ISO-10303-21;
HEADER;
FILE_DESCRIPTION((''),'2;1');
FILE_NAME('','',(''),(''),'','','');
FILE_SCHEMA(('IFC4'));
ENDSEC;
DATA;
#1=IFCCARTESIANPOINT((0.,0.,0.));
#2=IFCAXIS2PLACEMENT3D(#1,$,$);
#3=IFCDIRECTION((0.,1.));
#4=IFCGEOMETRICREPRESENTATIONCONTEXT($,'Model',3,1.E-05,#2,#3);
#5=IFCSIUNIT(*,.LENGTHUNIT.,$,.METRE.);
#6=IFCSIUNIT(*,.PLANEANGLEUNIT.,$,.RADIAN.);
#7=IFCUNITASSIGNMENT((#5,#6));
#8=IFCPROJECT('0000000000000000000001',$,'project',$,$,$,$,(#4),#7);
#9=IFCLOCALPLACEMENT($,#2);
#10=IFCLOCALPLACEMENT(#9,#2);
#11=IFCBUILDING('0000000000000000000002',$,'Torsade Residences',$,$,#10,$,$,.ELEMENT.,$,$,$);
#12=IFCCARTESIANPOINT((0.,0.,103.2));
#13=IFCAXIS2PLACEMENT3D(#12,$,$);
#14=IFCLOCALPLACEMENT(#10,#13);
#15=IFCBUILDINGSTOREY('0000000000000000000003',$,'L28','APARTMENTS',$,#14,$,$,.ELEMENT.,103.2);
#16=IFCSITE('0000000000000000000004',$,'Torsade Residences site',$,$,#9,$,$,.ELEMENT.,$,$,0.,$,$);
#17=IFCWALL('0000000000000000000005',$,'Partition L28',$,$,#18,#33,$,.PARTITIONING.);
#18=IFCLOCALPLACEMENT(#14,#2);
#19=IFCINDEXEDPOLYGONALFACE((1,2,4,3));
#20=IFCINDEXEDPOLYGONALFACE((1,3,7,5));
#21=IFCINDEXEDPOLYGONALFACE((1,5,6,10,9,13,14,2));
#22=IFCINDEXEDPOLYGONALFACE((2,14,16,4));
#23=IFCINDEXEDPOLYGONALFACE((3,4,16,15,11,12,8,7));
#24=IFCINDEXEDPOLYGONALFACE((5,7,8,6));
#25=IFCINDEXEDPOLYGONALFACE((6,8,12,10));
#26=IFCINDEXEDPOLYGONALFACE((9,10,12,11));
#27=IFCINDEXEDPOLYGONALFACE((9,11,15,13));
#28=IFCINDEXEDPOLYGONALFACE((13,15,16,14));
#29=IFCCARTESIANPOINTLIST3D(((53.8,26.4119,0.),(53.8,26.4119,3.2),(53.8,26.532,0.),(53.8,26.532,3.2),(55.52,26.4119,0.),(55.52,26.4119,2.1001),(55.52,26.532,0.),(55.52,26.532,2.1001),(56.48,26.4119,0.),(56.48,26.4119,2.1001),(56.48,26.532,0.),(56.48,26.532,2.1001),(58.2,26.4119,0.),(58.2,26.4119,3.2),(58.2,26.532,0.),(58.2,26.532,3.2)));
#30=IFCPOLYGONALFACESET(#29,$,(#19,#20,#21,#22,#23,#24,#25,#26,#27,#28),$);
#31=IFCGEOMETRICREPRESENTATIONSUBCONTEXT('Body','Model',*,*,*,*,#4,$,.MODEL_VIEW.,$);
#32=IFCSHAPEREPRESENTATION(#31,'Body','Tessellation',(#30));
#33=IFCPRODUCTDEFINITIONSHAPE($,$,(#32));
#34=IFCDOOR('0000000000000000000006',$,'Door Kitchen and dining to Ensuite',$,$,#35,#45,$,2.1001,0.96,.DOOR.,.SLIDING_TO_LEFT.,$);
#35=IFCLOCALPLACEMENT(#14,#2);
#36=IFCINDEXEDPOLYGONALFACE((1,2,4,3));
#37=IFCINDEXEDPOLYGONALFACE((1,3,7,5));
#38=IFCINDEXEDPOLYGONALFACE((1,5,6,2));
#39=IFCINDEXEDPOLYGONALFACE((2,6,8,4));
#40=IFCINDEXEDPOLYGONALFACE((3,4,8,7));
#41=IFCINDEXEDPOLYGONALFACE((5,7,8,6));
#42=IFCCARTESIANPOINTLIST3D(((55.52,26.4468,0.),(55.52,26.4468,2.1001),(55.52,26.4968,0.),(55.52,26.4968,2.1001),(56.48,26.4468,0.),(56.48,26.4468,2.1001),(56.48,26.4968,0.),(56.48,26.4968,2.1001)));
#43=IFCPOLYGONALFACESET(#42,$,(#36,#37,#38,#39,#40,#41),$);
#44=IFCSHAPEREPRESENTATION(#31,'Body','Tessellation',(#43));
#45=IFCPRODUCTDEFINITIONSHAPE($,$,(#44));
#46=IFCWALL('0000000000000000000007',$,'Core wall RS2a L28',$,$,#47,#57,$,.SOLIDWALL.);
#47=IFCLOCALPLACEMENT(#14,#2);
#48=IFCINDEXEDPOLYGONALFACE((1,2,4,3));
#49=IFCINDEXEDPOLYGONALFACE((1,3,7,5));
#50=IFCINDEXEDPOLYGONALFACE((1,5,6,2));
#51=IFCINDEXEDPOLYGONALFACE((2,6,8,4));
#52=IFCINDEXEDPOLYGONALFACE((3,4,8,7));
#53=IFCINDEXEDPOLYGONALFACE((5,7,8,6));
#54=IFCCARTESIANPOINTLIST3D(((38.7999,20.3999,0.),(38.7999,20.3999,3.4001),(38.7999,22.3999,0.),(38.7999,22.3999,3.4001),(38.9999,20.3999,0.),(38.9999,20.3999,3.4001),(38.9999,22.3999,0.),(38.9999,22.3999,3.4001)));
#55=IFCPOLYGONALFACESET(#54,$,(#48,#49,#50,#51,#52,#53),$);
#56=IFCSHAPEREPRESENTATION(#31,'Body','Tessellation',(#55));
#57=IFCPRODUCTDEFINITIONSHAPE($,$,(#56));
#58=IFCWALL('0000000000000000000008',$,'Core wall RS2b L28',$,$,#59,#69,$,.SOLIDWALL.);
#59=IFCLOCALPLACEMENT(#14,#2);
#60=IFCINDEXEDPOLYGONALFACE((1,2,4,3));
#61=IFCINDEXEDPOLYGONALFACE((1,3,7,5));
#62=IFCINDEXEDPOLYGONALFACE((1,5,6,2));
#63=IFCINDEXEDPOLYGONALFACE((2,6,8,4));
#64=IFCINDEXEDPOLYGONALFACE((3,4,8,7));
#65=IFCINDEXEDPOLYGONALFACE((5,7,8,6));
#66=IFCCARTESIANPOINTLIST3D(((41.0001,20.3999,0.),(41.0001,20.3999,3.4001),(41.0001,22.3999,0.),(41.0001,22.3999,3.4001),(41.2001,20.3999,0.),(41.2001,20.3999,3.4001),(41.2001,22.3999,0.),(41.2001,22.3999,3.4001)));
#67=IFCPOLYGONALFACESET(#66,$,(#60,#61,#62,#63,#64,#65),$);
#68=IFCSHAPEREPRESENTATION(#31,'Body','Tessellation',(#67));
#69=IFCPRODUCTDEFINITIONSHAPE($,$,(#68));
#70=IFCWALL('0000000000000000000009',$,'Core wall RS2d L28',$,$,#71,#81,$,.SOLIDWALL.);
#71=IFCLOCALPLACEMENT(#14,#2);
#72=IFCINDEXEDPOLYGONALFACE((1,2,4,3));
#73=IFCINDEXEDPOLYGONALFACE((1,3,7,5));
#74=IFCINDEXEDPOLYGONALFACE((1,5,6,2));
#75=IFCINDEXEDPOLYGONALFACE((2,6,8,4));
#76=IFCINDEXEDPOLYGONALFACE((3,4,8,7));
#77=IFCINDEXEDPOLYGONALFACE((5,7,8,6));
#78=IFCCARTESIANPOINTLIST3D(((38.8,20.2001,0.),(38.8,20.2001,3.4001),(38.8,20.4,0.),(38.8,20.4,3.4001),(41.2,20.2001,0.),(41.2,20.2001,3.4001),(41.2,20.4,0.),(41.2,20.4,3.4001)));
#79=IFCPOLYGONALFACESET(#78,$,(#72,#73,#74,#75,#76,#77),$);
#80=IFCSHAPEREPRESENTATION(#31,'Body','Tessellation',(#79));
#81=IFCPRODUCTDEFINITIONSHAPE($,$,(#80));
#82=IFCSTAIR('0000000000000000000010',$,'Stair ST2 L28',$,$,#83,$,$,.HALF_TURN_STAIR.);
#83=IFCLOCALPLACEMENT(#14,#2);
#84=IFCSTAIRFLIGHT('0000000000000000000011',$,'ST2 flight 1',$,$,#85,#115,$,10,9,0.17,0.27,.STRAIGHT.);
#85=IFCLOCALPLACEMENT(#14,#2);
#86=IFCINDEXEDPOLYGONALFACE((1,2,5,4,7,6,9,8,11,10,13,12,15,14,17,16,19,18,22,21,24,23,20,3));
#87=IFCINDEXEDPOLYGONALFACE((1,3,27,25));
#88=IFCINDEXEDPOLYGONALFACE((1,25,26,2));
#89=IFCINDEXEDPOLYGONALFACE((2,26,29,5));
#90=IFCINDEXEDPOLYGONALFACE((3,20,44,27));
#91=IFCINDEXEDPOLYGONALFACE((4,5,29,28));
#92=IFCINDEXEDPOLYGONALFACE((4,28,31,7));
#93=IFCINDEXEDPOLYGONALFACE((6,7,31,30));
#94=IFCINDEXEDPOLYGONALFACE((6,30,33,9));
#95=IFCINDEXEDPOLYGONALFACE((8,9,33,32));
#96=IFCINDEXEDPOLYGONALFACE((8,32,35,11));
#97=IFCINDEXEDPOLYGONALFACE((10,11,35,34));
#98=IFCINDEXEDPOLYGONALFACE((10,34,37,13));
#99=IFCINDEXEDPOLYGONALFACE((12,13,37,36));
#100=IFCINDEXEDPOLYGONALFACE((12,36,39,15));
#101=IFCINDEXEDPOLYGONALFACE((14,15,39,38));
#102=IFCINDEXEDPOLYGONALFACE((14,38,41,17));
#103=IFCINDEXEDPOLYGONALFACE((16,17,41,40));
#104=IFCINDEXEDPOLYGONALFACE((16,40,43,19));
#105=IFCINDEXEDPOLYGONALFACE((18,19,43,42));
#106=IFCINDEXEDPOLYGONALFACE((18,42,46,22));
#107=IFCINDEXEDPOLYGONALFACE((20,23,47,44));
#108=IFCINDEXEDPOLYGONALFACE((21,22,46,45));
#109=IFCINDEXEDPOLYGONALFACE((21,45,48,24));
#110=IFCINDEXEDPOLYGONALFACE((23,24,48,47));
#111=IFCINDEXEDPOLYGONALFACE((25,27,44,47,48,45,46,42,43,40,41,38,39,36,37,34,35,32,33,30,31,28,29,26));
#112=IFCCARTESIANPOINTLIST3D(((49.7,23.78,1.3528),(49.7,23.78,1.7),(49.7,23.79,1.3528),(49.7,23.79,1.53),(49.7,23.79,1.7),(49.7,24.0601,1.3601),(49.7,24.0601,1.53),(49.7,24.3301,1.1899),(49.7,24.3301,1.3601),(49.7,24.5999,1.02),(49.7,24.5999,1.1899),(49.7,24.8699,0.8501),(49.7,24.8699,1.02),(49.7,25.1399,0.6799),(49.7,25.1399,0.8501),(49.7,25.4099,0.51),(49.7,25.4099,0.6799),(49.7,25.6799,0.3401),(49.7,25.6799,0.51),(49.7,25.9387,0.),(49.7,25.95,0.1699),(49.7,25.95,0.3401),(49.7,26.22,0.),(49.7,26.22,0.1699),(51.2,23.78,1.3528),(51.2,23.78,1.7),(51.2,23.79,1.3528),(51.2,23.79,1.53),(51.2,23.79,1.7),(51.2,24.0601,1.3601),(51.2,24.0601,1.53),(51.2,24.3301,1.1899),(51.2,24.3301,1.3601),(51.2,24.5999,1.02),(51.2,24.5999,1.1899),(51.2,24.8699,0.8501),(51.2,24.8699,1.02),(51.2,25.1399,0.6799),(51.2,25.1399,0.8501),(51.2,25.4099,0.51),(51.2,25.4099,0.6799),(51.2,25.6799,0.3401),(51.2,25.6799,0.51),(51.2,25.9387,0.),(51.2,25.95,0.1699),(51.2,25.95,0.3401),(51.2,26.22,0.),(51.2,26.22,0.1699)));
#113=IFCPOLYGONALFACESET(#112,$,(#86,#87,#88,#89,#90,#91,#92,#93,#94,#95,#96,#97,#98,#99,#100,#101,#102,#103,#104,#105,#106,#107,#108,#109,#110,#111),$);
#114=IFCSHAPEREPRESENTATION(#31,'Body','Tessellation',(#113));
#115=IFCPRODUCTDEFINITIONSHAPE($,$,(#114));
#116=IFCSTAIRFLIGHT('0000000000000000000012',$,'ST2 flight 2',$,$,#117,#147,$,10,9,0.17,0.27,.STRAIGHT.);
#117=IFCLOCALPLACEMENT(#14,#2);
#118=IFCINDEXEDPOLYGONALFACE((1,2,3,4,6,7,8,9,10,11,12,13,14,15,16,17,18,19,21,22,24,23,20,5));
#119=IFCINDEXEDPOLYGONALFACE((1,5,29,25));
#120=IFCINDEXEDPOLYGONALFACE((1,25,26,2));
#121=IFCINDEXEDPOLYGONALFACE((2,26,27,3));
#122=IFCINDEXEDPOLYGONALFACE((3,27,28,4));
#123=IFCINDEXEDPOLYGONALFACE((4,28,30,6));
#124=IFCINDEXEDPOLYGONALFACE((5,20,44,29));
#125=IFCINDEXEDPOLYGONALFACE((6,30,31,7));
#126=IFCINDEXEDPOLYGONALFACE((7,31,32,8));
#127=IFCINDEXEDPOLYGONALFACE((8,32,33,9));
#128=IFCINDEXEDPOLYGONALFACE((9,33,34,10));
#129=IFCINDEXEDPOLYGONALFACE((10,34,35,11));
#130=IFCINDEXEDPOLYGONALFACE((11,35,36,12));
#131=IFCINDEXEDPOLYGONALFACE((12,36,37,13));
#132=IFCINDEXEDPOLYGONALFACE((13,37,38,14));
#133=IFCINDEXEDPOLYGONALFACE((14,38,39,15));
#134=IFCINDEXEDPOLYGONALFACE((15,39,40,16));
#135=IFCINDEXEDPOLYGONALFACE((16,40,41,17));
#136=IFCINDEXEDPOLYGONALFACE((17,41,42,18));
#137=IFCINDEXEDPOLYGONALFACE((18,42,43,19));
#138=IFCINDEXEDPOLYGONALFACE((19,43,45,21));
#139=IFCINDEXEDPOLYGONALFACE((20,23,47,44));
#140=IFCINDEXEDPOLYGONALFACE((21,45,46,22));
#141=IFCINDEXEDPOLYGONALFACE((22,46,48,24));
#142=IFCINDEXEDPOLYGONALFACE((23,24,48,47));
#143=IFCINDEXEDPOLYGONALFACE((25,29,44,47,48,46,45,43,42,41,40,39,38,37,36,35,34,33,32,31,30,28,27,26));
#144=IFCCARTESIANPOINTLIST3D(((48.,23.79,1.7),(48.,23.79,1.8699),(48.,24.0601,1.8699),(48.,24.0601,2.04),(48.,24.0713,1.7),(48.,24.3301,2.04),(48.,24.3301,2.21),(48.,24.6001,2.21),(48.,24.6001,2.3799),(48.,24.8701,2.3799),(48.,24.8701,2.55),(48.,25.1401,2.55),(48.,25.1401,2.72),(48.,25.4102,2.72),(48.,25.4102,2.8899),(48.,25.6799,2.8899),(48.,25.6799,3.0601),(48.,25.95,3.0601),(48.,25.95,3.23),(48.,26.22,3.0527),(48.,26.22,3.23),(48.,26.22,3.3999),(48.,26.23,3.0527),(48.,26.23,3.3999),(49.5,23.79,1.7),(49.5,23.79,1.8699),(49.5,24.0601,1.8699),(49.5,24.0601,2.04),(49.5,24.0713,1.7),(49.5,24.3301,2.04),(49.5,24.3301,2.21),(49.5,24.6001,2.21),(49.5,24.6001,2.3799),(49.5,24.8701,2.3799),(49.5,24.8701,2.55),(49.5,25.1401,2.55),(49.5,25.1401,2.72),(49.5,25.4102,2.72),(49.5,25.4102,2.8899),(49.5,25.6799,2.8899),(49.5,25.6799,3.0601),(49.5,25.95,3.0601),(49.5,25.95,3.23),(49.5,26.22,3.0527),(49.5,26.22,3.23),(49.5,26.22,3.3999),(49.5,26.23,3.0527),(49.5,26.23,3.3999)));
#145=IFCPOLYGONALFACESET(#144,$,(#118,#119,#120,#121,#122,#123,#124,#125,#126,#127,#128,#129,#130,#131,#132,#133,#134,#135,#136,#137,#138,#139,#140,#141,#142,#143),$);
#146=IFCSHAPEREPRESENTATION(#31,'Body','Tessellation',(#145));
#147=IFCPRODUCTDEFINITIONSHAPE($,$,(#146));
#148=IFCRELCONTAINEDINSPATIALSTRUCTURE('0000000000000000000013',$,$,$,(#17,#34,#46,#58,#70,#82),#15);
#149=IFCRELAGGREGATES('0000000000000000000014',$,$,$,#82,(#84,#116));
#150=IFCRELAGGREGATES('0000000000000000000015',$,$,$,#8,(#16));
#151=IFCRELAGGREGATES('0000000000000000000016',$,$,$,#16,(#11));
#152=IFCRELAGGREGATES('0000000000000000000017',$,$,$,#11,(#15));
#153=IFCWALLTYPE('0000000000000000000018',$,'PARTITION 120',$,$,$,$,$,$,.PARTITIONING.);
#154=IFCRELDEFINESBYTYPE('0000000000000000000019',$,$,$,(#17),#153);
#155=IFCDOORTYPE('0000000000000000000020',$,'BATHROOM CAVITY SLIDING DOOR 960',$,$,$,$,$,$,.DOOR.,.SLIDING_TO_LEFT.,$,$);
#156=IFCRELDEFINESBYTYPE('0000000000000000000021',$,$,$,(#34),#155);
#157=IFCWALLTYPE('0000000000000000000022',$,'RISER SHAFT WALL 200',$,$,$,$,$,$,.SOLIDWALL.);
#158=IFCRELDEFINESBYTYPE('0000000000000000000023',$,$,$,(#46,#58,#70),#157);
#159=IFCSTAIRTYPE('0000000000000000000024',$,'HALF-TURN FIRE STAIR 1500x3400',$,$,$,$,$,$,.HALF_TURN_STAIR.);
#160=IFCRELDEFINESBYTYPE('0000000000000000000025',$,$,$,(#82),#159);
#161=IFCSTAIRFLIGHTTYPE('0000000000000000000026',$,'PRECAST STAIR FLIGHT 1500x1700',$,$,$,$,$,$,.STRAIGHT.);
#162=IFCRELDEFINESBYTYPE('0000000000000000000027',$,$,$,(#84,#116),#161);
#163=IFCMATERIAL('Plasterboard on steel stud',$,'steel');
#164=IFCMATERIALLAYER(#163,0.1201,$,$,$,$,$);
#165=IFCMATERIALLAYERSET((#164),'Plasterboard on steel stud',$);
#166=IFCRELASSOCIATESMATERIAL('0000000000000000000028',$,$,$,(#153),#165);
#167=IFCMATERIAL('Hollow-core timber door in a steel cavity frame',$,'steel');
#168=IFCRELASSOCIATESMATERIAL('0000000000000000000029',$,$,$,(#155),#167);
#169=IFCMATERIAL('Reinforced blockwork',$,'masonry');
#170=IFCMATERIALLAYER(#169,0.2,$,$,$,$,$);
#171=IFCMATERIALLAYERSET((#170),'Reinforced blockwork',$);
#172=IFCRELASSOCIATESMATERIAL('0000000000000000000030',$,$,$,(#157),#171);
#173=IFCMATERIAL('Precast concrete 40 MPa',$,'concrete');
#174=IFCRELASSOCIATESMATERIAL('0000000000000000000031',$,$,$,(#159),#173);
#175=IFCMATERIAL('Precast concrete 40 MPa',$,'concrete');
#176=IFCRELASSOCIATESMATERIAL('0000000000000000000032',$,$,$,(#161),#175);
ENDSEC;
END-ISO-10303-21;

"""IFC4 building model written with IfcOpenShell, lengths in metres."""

from ifc_helpers import new_model, si_unit, direction, frame, frame_2d, origin, place, context, subcontext, project, spatial, polyline, rectangle, outline, extrude, material, layer, layer_set, type_object, element, fill, aggregate, save


model = new_model("IFC4")

# Units and contexts
model_context = context("Model", 3, precision=1e-05, world=origin(), true_north=direction((0.0, 1.0)))
body_context = subcontext(model_context, "Body", "Model", "MODEL_VIEW")
ifc_project = project(units=[si_unit("LENGTHUNIT", "METRE"), si_unit("PLANEANGLEUNIT", "RADIAN")], contexts=[model_context])

# Site, building, storey
site_placement = place(None, origin())
site = spatial("IfcSite", under=ifc_project, at=site_placement, Name="Torsade Residences site", CompositionType="ELEMENT", RefElevation=0.0)
building_placement = place(site_placement, origin())
building = spatial("IfcBuilding", under=site, at=building_placement, Name="Torsade Residences", CompositionType="ELEMENT")
storey_placement = place(building_placement, frame((0.0, 0.0, 103.2)))
storey = spatial("IfcBuildingStorey", under=building, at=storey_placement, Name="L28", Description="APARTMENTS", CompositionType="ELEMENT", Elevation=103.2)

# Wall, opening, door
ifc_material_1 = material(Name="Plasterboard on steel stud", Category="steel")
ifc_layer_1 = layer(ifc_material_1, 0.1201)
ifc_layer_set_1 = layer_set([ifc_layer_1], Name="Plasterboard on steel stud")
wall_type_1 = type_object("IfcWallType", Name="PARTITION 120", PredefinedType="PARTITIONING", material=ifc_layer_set_1)
wall_1_placement = place(storey_placement, frame((53.8, 26.4719, 0.0), z_axis=(0.0, 0.0, 1.0), x_axis=(1.0, 0.0, 0.0)))
wall_1 = element("IfcWall", 1, at=wall_1_placement, inside=storey, type_object=wall_type_1, Name="Partition L28", PredefinedType="PARTITIONING", context=body_context, shape_type="SweptSolid", body=[
    extrude(rectangle(XDim=4.3999, YDim=0.1201, at=frame_2d((2.2, 0.0))), origin(), (0.0, 0.0, 1.0), 3.2),
])
opening_1_placement = place(wall_1_placement, frame((1.72, 0.0, 0.0)))
opening_1 = element("IfcOpeningElement", 2, at=opening_1_placement, cuts=wall_1, PredefinedType="OPENING", context=body_context, shape_type="SweptSolid", body=[
    extrude(rectangle(XDim=0.96, YDim=2.1001, at=frame_2d((0.48, 1.05))), frame((0.0, 0.0701, 0.0), z_axis=(0.0, -1.0, 0.0), x_axis=(1.0, 0.0, 0.0)), (0.0, 0.0, 1.0), 0.1401),
])
ifc_material_2 = material(Name="Hollow-core timber door in a steel cavity frame", Category="steel")
door_type_1 = type_object("IfcDoorType", Name="BATHROOM CAVITY SLIDING DOOR 960", OperationType="SLIDING_TO_LEFT", PredefinedType="DOOR", material=ifc_material_2)
door_1_placement = place(opening_1_placement, origin())
door_1 = element("IfcDoor", 3, at=door_1_placement, inside=storey, type_object=door_type_1, Name="Door Kitchen and dining to Ensuite", OperationType="SLIDING_TO_LEFT", OverallHeight=2.1001, OverallWidth=0.96, PredefinedType="DOOR", context=body_context, shape_type="SweptSolid", body=[
    extrude(rectangle(XDim=0.96, YDim=2.1001, at=frame_2d((0.48, 1.05))), frame((0.0, 0.0249, 0.0), z_axis=(0.0, -1.0, 0.0), x_axis=(1.0, 0.0, 0.0)), (0.0, 0.0, 1.0), 0.05),
])
fill(opening_1, door_1)

# Walls
ifc_material_3 = material(Name="Reinforced blockwork", Category="masonry")
ifc_layer_2 = layer(ifc_material_3, 0.2)
ifc_layer_set_2 = layer_set([ifc_layer_2], Name="Reinforced blockwork")
wall_type_2 = type_object("IfcWallType", Name="RISER SHAFT WALL 200", PredefinedType="SOLIDWALL", material=ifc_layer_set_2)
for number, where, z_axis, x_axis, name in (
    (4, (38.8999, 22.3999, 0.0), (0.0, 0.0, 1.0), (0.0, -1.0, 0.0), "Core wall RS2a L28"),
    (5, (41.1001, 22.3999, 0.0), (0.0, 0.0, 1.0), (0.0, -1.0, 0.0), "Core wall RS2b L28"),
):
    element("IfcWall", number, at=place(storey_placement, frame(where, z_axis=z_axis, x_axis=x_axis)), inside=storey, type_object=wall_type_2, Name=name, PredefinedType="SOLIDWALL", context=body_context, shape_type="SweptSolid", body=[
        extrude(rectangle(XDim=2.0, YDim=0.2, at=frame_2d((1.0, 0.0))), origin(), (0.0, 0.0, 1.0), 3.4001),
    ])
wall_2_placement = place(storey_placement, frame((38.8, 20.3, 0.0), z_axis=(0.0, 0.0, 1.0), x_axis=(1.0, 0.0, 0.0)))
element("IfcWall", 6, at=wall_2_placement, inside=storey, type_object=wall_type_2, Name="Core wall RS2d L28", PredefinedType="SOLIDWALL", context=body_context, shape_type="SweptSolid", body=[
    extrude(rectangle(XDim=2.3999, YDim=0.2, at=frame_2d((1.2, 0.0))), origin(), (0.0, 0.0, 1.0), 3.4001),
])

# Stair, stair flights
ifc_material_4 = material(Name="Precast concrete 40 MPa", Category="concrete")
stair_type = type_object("IfcStairType", Name="HALF-TURN FIRE STAIR 1500x3400", PredefinedType="HALF_TURN_STAIR", material=ifc_material_4)
stair_placement = place(storey_placement, origin())
stair = element("IfcStair", 7, at=stair_placement, inside=storey, type_object=stair_type, Name="Stair ST2 L28", PredefinedType="HALF_TURN_STAIR")
ifc_material_5 = material(Name="Precast concrete 40 MPa", Category="concrete")
stair_flight_type = type_object("IfcStairFlightType", Name="PRECAST STAIR FLIGHT 1500x1700", PredefinedType="STRAIGHT", material=ifc_material_5)
stair_flight_1_placement = place(storey_placement, frame((50.45, 26.22, 0.0), z_axis=(0.0, 0.0, 1.0), x_axis=(0.0, -1.0, 0.0)))
stair_flight_1 = element("IfcStairFlight", 8, at=stair_flight_1_placement, type_object=stair_flight_type, Name="ST2 flight 1", NumberOfRisers=10, NumberOfTreads=9, PredefinedType="STRAIGHT", RiserHeight=0.17, TreadLength=0.27, context=body_context, shape_type="SweptSolid", body=[
    extrude(outline(polyline([(0.0, 0.0), (0.0, 0.1699), (0.27, 0.1699), (0.27, 0.3401), (0.54, 0.3401), (0.54, 0.51), (0.8101, 0.51), (0.8101, 0.6799), (1.0801, 0.6799), (1.0801, 0.8501), (1.3501, 0.8501), (1.3501, 1.02), (1.6201, 1.02), (1.6201, 1.1899), (1.8899, 1.1899), (1.8899, 1.3601), (2.1599, 1.3601), (2.1599, 1.53), (2.4299, 1.53), (2.4299, 1.7), (2.4399, 1.7), (2.4399, 1.3528), (2.4299, 1.3528), (0.2812, 0.0), (0.0, 0.0)])), frame((0.0, 0.75, 0.0), z_axis=(0.0, -1.0, 0.0), x_axis=(1.0, 0.0, 0.0)), (0.0, 0.0, 1.0), 1.5),
])
stair_flight_2_placement = place(storey_placement, frame((48.75, 23.79, 1.7), z_axis=(0.0, 0.0, 1.0), x_axis=(0.0, 1.0, 0.0)))
stair_flight_2 = element("IfcStairFlight", 9, at=stair_flight_2_placement, type_object=stair_flight_type, Name="ST2 flight 2", NumberOfRisers=10, NumberOfTreads=9, PredefinedType="STRAIGHT", RiserHeight=0.17, TreadLength=0.27, context=body_context, shape_type="SweptSolid", body=[
    extrude(outline(polyline([(0.0, 0.0), (0.0, 0.1699), (0.27, 0.1699), (0.27, 0.3401), (0.54, 0.3401), (0.54, 0.51), (0.8101, 0.51), (0.8101, 0.6799), (1.0801, 0.6799), (1.0801, 0.8501), (1.3501, 0.8501), (1.3501, 1.02), (1.6201, 1.02), (1.6201, 1.1899), (1.8899, 1.1899), (1.8899, 1.3601), (2.1599, 1.3601), (2.1599, 1.53), (2.4299, 1.53), (2.4299, 1.7), (2.4399, 1.7), (2.4399, 1.3528), (2.4299, 1.3528), (0.2812, 0.0), (0.0, 0.0)])), frame((0.0, 0.75, 0.0), z_axis=(0.0, -1.0, 0.0), x_axis=(1.0, 0.0, 0.0)), (0.0, 0.0, 1.0), 1.5),
])
aggregate(stair, [stair_flight_1, stair_flight_2])

save(model, "model.ifc")
